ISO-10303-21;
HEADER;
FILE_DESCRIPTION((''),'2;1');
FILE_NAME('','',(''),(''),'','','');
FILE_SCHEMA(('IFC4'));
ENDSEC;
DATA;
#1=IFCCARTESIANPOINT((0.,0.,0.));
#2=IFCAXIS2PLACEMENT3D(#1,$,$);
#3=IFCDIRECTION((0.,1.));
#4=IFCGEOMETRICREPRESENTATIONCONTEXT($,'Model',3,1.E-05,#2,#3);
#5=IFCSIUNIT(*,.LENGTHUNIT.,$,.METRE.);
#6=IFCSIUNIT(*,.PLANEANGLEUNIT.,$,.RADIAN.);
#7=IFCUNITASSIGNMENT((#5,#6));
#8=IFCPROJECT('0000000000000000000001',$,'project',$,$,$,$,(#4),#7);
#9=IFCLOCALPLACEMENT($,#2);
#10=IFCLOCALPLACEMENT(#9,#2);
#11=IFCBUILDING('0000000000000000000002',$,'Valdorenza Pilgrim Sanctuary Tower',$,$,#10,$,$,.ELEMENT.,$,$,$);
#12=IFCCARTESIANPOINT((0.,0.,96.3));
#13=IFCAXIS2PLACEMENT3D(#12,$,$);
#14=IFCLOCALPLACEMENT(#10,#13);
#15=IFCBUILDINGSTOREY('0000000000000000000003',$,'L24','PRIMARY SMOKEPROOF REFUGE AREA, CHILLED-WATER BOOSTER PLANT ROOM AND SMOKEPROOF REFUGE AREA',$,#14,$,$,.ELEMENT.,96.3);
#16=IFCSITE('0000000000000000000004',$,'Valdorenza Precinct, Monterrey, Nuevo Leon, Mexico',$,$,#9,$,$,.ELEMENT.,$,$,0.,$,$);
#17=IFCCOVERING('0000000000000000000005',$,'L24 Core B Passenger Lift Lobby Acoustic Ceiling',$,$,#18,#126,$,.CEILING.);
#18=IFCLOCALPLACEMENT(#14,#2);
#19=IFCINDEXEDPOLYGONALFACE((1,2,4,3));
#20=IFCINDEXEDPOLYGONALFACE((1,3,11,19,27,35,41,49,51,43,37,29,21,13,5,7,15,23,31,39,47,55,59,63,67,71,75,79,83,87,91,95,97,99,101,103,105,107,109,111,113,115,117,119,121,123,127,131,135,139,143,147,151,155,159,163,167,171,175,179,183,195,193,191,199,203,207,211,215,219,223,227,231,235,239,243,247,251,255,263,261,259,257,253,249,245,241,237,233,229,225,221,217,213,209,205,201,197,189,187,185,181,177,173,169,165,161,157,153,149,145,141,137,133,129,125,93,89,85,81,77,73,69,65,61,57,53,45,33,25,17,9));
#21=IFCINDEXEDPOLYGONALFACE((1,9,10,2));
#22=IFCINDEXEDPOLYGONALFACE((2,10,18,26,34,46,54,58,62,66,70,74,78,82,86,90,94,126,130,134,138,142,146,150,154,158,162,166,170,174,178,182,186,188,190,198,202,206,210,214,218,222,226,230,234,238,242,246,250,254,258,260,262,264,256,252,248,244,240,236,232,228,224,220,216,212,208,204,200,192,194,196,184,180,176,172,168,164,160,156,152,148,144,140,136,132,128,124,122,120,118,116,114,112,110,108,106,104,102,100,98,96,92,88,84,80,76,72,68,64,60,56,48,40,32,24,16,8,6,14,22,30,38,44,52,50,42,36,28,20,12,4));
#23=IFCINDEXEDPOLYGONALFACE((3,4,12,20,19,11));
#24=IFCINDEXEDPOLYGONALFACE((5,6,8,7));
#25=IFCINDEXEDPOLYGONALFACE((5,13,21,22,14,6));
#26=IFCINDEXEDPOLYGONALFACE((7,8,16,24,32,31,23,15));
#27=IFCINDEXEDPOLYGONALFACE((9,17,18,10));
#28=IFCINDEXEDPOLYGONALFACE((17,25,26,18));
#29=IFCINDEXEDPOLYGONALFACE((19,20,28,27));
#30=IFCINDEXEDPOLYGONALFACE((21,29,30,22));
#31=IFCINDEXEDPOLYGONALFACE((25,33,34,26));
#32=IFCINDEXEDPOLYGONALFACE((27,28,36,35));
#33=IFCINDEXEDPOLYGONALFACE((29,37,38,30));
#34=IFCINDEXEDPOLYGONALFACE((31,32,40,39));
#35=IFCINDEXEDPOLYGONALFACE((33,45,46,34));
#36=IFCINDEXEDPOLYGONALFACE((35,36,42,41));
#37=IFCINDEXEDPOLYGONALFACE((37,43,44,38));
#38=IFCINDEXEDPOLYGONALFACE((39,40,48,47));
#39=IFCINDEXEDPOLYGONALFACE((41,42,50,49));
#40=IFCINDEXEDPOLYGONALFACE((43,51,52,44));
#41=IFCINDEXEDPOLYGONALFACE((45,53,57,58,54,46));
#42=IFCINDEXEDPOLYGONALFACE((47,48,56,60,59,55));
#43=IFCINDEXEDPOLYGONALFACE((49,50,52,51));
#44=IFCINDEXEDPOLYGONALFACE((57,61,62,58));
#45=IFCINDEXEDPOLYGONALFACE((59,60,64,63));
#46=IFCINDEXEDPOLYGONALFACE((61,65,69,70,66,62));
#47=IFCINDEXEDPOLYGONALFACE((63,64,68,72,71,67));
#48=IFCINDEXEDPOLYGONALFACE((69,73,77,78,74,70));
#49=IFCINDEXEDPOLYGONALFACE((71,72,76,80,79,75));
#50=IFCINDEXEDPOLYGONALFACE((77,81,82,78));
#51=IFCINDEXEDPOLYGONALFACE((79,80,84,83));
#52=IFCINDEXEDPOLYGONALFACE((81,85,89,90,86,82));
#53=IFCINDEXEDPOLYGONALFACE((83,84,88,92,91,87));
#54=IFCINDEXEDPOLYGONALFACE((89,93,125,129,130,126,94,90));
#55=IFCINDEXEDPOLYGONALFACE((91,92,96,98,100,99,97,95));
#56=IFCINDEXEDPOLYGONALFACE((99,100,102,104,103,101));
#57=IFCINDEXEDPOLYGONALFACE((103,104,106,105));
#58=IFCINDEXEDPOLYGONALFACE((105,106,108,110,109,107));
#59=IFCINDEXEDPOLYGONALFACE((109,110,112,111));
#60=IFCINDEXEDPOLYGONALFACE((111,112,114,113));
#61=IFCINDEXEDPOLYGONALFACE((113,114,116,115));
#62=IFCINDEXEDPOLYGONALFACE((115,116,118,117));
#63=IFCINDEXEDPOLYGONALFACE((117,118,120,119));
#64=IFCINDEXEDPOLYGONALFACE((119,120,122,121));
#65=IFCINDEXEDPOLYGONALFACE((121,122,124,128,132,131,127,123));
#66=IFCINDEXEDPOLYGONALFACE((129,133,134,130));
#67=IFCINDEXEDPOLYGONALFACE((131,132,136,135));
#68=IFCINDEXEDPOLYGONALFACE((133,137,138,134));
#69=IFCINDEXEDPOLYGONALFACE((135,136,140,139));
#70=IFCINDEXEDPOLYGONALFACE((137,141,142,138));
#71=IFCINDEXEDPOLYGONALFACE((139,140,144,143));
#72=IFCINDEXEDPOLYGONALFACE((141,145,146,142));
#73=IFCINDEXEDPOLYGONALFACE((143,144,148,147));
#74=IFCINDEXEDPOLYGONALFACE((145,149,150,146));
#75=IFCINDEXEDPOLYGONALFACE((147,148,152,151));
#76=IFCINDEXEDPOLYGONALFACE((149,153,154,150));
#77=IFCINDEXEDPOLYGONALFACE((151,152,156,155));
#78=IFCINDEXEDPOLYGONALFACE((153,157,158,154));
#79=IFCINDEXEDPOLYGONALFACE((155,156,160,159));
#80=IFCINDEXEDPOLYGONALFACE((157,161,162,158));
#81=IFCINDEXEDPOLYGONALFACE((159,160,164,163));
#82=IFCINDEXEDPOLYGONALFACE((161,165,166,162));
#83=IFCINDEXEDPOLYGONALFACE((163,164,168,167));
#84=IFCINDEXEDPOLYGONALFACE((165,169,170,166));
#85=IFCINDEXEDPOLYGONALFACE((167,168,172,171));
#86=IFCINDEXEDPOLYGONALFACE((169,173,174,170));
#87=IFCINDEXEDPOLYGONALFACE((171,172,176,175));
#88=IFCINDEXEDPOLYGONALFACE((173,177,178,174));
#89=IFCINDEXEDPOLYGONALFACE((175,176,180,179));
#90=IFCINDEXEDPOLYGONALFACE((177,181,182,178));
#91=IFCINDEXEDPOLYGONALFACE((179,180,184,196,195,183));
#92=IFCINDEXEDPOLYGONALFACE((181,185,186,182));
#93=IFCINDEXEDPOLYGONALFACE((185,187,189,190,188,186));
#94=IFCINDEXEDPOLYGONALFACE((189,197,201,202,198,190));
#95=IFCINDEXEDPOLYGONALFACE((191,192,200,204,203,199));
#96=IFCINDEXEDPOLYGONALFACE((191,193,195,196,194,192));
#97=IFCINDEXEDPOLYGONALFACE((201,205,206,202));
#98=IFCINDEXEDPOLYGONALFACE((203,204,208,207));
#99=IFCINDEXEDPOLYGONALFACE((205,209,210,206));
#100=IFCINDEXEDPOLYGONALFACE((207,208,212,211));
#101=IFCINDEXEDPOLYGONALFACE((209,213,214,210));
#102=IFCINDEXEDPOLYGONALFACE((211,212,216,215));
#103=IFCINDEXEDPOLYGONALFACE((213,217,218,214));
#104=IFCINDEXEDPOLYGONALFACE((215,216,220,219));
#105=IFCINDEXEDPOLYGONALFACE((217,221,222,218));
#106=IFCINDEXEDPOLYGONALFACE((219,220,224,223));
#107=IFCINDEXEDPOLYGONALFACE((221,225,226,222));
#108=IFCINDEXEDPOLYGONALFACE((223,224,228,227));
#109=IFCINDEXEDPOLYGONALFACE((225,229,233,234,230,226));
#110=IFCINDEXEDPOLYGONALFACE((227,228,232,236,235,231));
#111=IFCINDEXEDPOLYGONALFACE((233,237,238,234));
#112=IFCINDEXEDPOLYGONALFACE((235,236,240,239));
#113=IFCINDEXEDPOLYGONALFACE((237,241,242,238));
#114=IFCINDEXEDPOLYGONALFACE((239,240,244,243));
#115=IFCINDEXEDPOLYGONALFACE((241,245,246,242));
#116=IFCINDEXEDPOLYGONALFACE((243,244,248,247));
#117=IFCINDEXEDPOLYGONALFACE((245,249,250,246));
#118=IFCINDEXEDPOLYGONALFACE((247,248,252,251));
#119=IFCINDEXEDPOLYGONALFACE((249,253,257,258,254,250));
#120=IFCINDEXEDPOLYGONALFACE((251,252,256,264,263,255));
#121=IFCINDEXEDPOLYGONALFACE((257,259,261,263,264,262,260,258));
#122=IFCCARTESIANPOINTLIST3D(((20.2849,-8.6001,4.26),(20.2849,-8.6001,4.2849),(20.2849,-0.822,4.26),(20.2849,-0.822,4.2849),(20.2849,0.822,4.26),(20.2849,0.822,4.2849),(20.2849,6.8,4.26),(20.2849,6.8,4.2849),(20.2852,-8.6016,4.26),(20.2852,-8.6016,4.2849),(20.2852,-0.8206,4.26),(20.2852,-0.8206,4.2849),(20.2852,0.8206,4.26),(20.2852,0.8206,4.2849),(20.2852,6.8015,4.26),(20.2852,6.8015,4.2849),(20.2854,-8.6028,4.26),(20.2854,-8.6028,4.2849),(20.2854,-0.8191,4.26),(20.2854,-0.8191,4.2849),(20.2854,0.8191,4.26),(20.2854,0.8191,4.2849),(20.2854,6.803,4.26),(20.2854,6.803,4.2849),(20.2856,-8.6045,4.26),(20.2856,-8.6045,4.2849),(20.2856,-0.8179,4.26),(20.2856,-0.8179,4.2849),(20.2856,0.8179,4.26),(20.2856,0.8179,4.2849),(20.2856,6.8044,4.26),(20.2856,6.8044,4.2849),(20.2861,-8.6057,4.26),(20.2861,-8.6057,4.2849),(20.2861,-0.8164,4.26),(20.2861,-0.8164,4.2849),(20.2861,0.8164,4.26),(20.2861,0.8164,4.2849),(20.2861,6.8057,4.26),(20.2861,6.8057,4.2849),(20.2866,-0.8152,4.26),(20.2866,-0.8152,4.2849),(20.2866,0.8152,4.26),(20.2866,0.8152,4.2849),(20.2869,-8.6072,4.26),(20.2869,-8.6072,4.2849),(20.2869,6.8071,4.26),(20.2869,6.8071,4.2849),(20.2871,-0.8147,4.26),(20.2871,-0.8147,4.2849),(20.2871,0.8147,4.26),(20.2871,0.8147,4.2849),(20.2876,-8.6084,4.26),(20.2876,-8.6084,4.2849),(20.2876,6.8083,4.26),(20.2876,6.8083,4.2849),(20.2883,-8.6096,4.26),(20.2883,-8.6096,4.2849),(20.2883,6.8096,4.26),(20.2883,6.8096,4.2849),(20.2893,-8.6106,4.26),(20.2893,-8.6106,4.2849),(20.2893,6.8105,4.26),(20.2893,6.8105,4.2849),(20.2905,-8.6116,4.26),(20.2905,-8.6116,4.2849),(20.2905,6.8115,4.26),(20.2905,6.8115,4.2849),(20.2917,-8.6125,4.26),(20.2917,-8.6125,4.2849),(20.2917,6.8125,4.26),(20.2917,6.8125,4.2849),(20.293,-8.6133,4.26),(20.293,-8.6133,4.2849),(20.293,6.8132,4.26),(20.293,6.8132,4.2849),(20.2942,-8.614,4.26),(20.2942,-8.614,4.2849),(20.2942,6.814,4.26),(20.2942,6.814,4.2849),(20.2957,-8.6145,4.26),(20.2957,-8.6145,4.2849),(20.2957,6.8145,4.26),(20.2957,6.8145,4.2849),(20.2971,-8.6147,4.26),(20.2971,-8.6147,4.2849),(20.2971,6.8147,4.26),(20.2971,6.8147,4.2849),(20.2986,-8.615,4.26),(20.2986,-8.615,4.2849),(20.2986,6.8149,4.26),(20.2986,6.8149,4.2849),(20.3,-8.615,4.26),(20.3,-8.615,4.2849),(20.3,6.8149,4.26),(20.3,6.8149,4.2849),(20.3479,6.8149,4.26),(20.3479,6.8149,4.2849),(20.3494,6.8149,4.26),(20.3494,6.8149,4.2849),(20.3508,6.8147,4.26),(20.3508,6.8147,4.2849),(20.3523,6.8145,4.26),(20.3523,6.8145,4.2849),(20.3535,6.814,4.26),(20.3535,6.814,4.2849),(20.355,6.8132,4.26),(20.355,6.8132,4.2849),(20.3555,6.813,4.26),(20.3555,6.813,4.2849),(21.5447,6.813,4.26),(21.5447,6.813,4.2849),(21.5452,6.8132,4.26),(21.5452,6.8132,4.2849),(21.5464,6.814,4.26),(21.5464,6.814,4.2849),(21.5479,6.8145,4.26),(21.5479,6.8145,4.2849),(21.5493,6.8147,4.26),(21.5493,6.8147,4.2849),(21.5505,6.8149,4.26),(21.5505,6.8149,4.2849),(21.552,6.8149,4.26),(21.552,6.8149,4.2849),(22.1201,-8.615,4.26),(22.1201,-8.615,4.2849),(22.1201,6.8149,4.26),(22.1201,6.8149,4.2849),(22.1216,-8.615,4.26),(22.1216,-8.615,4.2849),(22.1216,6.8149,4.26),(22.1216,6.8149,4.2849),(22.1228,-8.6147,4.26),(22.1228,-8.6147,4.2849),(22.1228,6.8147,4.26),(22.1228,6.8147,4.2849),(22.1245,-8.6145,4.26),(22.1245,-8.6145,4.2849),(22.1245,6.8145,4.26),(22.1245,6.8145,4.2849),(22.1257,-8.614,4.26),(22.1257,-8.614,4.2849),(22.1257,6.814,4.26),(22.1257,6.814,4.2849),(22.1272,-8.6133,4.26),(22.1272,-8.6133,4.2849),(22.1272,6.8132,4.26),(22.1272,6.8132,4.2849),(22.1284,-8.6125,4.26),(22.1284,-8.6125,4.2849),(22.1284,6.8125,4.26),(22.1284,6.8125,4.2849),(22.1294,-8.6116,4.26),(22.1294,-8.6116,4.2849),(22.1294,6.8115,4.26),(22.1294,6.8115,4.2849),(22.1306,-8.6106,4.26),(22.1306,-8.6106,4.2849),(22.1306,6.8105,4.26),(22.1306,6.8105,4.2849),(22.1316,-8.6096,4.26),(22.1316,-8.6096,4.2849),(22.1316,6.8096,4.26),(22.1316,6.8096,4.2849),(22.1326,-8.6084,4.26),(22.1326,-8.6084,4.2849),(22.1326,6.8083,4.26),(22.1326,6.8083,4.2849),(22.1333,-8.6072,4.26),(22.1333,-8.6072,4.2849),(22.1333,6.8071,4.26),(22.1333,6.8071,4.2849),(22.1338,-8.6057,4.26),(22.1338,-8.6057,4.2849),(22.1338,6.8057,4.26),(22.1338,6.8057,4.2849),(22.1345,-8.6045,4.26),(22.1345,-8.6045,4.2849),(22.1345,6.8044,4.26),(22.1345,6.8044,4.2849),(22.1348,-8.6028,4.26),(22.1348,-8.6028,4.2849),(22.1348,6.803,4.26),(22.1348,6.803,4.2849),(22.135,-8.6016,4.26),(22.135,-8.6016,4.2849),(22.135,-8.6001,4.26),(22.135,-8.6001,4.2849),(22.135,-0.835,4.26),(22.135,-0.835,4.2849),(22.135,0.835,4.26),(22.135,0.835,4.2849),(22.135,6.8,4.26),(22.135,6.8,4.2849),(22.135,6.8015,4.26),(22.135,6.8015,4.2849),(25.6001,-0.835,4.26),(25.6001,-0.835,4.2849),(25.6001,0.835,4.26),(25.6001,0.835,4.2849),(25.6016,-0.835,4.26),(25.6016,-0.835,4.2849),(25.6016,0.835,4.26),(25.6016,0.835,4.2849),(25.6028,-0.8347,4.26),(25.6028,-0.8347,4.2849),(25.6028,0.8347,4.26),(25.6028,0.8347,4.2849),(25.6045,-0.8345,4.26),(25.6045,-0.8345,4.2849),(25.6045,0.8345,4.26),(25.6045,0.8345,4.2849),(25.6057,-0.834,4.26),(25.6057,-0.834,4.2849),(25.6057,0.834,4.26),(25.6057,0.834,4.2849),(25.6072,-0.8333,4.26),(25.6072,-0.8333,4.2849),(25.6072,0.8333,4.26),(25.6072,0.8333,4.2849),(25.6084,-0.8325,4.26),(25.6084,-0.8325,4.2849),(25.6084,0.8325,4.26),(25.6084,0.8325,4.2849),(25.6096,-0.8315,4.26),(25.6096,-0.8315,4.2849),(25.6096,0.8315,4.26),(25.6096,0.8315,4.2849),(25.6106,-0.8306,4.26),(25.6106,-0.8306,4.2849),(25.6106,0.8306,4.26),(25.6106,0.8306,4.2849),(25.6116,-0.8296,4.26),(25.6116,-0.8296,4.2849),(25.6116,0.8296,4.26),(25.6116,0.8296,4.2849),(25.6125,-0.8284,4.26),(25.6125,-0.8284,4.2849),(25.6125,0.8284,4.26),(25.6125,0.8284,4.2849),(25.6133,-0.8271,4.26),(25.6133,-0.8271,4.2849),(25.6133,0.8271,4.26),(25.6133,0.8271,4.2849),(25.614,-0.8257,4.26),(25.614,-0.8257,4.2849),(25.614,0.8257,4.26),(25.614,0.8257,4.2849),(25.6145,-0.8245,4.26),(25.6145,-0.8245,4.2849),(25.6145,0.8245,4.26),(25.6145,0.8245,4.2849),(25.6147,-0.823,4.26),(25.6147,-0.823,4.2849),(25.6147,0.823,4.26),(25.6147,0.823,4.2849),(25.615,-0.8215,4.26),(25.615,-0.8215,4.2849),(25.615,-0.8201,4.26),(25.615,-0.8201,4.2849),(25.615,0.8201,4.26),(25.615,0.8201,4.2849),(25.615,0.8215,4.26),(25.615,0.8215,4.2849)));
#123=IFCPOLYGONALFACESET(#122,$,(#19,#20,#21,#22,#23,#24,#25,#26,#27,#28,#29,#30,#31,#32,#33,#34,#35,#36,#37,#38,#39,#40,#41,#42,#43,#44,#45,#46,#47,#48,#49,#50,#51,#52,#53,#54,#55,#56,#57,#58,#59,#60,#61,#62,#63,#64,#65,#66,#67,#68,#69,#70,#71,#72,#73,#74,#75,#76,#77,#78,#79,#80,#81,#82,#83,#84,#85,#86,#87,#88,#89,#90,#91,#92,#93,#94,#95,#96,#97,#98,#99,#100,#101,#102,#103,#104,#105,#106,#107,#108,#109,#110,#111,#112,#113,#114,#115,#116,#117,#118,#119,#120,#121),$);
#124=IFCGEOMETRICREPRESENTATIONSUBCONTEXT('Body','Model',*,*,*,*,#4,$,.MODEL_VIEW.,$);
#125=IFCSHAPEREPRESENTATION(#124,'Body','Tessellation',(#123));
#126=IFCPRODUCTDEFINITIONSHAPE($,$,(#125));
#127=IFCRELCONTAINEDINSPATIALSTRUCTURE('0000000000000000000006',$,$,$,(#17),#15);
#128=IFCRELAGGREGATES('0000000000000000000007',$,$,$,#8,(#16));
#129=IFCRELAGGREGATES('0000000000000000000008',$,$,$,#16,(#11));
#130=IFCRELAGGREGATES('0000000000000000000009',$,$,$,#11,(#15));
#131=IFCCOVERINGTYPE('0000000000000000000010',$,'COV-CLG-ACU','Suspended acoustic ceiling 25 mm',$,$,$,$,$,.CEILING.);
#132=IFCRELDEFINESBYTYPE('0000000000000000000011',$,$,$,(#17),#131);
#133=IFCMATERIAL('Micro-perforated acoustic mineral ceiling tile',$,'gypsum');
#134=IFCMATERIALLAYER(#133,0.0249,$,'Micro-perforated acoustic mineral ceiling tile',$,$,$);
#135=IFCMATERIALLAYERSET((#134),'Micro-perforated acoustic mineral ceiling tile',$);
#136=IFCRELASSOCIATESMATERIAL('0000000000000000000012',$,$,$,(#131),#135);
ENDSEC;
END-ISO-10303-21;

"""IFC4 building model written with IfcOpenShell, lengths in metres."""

from ifc_helpers import new_model, si_unit, direction, frame, origin, place, context, subcontext, project, spatial, polyline, outline, extrude, material, layer, layer_set, type_object, element, save


model = new_model("IFC4")

# Units and contexts
model_context = context("Model", 3, precision=1e-05, world=origin(), true_north=direction((0.0, 1.0)))
body_context = subcontext(model_context, "Body", "Model", "MODEL_VIEW")
ifc_project = project(units=[si_unit("LENGTHUNIT", "METRE"), si_unit("PLANEANGLEUNIT", "RADIAN")], contexts=[model_context])

# Site, building, storey
site_placement = place(None, origin())
site = spatial("IfcSite", under=ifc_project, at=site_placement, Name="Valdorenza Precinct, Monterrey, Nuevo Leon, Mexico", CompositionType="ELEMENT", RefElevation=0.0)
building_placement = place(site_placement, origin())
building = spatial("IfcBuilding", under=site, at=building_placement, Name="Valdorenza Pilgrim Sanctuary Tower", CompositionType="ELEMENT")
storey_placement = place(building_placement, frame((0.0, 0.0, 96.3)))
storey = spatial("IfcBuildingStorey", under=building, at=storey_placement, Name="L24", Description="PRIMARY SMOKEPROOF REFUGE AREA, CHILLED-WATER BOOSTER PLANT ROOM AND SMOKEPROOF REFUGE AREA", CompositionType="ELEMENT", Elevation=96.3)

# Covering
ifc_material_1 = material(Name="Micro-perforated acoustic mineral ceiling tile", Category="gypsum")
ifc_layer_1 = layer(ifc_material_1, 0.0249, Name="Micro-perforated acoustic mineral ceiling tile")
ifc_layer_set_1 = layer_set([ifc_layer_1], Name="Micro-perforated acoustic mineral ceiling tile")
covering_type_1 = type_object("IfcCoveringType", Name="COV-CLG-ACU", Description="Suspended acoustic ceiling 25 mm", PredefinedType="CEILING", material=ifc_layer_set_1)
covering_1_placement = place(storey_placement, frame((0.0, 0.0, 4.26)))
element("IfcCovering", 1, at=covering_1_placement, inside=storey, type_object=covering_type_1, Name="L24 Core B Passenger Lift Lobby Acoustic Ceiling", PredefinedType="CEILING", context=body_context, shape_type="SweptSolid", body=[
    extrude(outline(polyline([(20.2871, -0.8147), (20.2871, 0.8147), (20.2866, 0.8152), (20.2861, 0.8164), (20.2856, 0.8179), (20.2854, 0.8191), (20.2852, 0.8206), (20.2849, 0.822), (20.2849, 6.8), (20.2852, 6.8015), (20.2854, 6.803), (20.2856, 6.8044), (20.2861, 6.8057), (20.2869, 6.8071), (20.2876, 6.8083), (20.2883, 6.8096), (20.2893, 6.8105), (20.2905, 6.8115), (20.2917, 6.8125), (20.293, 6.8132), (20.2942, 6.814), (20.2957, 6.8145), (20.2971, 6.8147), (20.2986, 6.8149), (20.3, 6.8149), (20.3479, 6.8149), (20.3494, 6.8149), (20.3508, 6.8147), (20.3523, 6.8145), (20.3535, 6.814), (20.355, 6.8132), (20.3555, 6.813), (21.5447, 6.813), (21.5452, 6.8132), (21.5464, 6.814), (21.5479, 6.8145), (21.5493, 6.8147), (21.5505, 6.8149), (21.552, 6.8149), (22.1201, 6.8149), (22.1216, 6.8149), (22.1228, 6.8147), (22.1245, 6.8145), (22.1257, 6.814), (22.1272, 6.8132), (22.1284, 6.8125), (22.1294, 6.8115), (22.1306, 6.8105), (22.1316, 6.8096), (22.1326, 6.8083), (22.1333, 6.8071), (22.1338, 6.8057), (22.1345, 6.8044), (22.1348, 6.803), (22.135, 6.8015), (22.135, 6.8), (22.135, 0.835), (25.6001, 0.835), (25.6016, 0.835), (25.6028, 0.8347), (25.6045, 0.8345), (25.6057, 0.834), (25.6072, 0.8333), (25.6084, 0.8325), (25.6096, 0.8315), (25.6106, 0.8306), (25.6116, 0.8296), (25.6125, 0.8284), (25.6133, 0.8271), (25.614, 0.8257), (25.6145, 0.8245), (25.6147, 0.823), (25.615, 0.8215), (25.615, 0.8201), (25.615, -0.8201), (25.615, -0.8215), (25.6147, -0.823), (25.6145, -0.8245), (25.614, -0.8257), (25.6133, -0.8271), (25.6125, -0.8284), (25.6116, -0.8296), (25.6106, -0.8306), (25.6096, -0.8315), (25.6084, -0.8325), (25.6072, -0.8333), (25.6057, -0.834), (25.6045, -0.8345), (25.6028, -0.8347), (25.6016, -0.835), (25.6001, -0.835), (22.135, -0.835), (22.135, -8.6001), (22.135, -8.6016), (22.1348, -8.6028), (22.1345, -8.6045), (22.1338, -8.6057), (22.1333, -8.6072), (22.1326, -8.6084), (22.1316, -8.6096), (22.1306, -8.6106), (22.1294, -8.6116), (22.1284, -8.6125), (22.1272, -8.6133), (22.1257, -8.614), (22.1245, -8.6145), (22.1228, -8.6147), (22.1216, -8.615), (22.1201, -8.615), (20.3, -8.615), (20.2986, -8.615), (20.2971, -8.6147), (20.2957, -8.6145), (20.2942, -8.614), (20.293, -8.6133), (20.2917, -8.6125), (20.2905, -8.6116), (20.2893, -8.6106), (20.2883, -8.6096), (20.2876, -8.6084), (20.2869, -8.6072), (20.2861, -8.6057), (20.2856, -8.6045), (20.2854, -8.6028), (20.2852, -8.6016), (20.2849, -8.6001), (20.2849, -0.822), (20.2852, -0.8206), (20.2854, -0.8191), (20.2856, -0.8179), (20.2861, -0.8164), (20.2866, -0.8152), (20.2871, -0.8147)])), origin(), (0.0, 0.0, 1.0), 0.0249),
])

save(model, "model.ifc")
